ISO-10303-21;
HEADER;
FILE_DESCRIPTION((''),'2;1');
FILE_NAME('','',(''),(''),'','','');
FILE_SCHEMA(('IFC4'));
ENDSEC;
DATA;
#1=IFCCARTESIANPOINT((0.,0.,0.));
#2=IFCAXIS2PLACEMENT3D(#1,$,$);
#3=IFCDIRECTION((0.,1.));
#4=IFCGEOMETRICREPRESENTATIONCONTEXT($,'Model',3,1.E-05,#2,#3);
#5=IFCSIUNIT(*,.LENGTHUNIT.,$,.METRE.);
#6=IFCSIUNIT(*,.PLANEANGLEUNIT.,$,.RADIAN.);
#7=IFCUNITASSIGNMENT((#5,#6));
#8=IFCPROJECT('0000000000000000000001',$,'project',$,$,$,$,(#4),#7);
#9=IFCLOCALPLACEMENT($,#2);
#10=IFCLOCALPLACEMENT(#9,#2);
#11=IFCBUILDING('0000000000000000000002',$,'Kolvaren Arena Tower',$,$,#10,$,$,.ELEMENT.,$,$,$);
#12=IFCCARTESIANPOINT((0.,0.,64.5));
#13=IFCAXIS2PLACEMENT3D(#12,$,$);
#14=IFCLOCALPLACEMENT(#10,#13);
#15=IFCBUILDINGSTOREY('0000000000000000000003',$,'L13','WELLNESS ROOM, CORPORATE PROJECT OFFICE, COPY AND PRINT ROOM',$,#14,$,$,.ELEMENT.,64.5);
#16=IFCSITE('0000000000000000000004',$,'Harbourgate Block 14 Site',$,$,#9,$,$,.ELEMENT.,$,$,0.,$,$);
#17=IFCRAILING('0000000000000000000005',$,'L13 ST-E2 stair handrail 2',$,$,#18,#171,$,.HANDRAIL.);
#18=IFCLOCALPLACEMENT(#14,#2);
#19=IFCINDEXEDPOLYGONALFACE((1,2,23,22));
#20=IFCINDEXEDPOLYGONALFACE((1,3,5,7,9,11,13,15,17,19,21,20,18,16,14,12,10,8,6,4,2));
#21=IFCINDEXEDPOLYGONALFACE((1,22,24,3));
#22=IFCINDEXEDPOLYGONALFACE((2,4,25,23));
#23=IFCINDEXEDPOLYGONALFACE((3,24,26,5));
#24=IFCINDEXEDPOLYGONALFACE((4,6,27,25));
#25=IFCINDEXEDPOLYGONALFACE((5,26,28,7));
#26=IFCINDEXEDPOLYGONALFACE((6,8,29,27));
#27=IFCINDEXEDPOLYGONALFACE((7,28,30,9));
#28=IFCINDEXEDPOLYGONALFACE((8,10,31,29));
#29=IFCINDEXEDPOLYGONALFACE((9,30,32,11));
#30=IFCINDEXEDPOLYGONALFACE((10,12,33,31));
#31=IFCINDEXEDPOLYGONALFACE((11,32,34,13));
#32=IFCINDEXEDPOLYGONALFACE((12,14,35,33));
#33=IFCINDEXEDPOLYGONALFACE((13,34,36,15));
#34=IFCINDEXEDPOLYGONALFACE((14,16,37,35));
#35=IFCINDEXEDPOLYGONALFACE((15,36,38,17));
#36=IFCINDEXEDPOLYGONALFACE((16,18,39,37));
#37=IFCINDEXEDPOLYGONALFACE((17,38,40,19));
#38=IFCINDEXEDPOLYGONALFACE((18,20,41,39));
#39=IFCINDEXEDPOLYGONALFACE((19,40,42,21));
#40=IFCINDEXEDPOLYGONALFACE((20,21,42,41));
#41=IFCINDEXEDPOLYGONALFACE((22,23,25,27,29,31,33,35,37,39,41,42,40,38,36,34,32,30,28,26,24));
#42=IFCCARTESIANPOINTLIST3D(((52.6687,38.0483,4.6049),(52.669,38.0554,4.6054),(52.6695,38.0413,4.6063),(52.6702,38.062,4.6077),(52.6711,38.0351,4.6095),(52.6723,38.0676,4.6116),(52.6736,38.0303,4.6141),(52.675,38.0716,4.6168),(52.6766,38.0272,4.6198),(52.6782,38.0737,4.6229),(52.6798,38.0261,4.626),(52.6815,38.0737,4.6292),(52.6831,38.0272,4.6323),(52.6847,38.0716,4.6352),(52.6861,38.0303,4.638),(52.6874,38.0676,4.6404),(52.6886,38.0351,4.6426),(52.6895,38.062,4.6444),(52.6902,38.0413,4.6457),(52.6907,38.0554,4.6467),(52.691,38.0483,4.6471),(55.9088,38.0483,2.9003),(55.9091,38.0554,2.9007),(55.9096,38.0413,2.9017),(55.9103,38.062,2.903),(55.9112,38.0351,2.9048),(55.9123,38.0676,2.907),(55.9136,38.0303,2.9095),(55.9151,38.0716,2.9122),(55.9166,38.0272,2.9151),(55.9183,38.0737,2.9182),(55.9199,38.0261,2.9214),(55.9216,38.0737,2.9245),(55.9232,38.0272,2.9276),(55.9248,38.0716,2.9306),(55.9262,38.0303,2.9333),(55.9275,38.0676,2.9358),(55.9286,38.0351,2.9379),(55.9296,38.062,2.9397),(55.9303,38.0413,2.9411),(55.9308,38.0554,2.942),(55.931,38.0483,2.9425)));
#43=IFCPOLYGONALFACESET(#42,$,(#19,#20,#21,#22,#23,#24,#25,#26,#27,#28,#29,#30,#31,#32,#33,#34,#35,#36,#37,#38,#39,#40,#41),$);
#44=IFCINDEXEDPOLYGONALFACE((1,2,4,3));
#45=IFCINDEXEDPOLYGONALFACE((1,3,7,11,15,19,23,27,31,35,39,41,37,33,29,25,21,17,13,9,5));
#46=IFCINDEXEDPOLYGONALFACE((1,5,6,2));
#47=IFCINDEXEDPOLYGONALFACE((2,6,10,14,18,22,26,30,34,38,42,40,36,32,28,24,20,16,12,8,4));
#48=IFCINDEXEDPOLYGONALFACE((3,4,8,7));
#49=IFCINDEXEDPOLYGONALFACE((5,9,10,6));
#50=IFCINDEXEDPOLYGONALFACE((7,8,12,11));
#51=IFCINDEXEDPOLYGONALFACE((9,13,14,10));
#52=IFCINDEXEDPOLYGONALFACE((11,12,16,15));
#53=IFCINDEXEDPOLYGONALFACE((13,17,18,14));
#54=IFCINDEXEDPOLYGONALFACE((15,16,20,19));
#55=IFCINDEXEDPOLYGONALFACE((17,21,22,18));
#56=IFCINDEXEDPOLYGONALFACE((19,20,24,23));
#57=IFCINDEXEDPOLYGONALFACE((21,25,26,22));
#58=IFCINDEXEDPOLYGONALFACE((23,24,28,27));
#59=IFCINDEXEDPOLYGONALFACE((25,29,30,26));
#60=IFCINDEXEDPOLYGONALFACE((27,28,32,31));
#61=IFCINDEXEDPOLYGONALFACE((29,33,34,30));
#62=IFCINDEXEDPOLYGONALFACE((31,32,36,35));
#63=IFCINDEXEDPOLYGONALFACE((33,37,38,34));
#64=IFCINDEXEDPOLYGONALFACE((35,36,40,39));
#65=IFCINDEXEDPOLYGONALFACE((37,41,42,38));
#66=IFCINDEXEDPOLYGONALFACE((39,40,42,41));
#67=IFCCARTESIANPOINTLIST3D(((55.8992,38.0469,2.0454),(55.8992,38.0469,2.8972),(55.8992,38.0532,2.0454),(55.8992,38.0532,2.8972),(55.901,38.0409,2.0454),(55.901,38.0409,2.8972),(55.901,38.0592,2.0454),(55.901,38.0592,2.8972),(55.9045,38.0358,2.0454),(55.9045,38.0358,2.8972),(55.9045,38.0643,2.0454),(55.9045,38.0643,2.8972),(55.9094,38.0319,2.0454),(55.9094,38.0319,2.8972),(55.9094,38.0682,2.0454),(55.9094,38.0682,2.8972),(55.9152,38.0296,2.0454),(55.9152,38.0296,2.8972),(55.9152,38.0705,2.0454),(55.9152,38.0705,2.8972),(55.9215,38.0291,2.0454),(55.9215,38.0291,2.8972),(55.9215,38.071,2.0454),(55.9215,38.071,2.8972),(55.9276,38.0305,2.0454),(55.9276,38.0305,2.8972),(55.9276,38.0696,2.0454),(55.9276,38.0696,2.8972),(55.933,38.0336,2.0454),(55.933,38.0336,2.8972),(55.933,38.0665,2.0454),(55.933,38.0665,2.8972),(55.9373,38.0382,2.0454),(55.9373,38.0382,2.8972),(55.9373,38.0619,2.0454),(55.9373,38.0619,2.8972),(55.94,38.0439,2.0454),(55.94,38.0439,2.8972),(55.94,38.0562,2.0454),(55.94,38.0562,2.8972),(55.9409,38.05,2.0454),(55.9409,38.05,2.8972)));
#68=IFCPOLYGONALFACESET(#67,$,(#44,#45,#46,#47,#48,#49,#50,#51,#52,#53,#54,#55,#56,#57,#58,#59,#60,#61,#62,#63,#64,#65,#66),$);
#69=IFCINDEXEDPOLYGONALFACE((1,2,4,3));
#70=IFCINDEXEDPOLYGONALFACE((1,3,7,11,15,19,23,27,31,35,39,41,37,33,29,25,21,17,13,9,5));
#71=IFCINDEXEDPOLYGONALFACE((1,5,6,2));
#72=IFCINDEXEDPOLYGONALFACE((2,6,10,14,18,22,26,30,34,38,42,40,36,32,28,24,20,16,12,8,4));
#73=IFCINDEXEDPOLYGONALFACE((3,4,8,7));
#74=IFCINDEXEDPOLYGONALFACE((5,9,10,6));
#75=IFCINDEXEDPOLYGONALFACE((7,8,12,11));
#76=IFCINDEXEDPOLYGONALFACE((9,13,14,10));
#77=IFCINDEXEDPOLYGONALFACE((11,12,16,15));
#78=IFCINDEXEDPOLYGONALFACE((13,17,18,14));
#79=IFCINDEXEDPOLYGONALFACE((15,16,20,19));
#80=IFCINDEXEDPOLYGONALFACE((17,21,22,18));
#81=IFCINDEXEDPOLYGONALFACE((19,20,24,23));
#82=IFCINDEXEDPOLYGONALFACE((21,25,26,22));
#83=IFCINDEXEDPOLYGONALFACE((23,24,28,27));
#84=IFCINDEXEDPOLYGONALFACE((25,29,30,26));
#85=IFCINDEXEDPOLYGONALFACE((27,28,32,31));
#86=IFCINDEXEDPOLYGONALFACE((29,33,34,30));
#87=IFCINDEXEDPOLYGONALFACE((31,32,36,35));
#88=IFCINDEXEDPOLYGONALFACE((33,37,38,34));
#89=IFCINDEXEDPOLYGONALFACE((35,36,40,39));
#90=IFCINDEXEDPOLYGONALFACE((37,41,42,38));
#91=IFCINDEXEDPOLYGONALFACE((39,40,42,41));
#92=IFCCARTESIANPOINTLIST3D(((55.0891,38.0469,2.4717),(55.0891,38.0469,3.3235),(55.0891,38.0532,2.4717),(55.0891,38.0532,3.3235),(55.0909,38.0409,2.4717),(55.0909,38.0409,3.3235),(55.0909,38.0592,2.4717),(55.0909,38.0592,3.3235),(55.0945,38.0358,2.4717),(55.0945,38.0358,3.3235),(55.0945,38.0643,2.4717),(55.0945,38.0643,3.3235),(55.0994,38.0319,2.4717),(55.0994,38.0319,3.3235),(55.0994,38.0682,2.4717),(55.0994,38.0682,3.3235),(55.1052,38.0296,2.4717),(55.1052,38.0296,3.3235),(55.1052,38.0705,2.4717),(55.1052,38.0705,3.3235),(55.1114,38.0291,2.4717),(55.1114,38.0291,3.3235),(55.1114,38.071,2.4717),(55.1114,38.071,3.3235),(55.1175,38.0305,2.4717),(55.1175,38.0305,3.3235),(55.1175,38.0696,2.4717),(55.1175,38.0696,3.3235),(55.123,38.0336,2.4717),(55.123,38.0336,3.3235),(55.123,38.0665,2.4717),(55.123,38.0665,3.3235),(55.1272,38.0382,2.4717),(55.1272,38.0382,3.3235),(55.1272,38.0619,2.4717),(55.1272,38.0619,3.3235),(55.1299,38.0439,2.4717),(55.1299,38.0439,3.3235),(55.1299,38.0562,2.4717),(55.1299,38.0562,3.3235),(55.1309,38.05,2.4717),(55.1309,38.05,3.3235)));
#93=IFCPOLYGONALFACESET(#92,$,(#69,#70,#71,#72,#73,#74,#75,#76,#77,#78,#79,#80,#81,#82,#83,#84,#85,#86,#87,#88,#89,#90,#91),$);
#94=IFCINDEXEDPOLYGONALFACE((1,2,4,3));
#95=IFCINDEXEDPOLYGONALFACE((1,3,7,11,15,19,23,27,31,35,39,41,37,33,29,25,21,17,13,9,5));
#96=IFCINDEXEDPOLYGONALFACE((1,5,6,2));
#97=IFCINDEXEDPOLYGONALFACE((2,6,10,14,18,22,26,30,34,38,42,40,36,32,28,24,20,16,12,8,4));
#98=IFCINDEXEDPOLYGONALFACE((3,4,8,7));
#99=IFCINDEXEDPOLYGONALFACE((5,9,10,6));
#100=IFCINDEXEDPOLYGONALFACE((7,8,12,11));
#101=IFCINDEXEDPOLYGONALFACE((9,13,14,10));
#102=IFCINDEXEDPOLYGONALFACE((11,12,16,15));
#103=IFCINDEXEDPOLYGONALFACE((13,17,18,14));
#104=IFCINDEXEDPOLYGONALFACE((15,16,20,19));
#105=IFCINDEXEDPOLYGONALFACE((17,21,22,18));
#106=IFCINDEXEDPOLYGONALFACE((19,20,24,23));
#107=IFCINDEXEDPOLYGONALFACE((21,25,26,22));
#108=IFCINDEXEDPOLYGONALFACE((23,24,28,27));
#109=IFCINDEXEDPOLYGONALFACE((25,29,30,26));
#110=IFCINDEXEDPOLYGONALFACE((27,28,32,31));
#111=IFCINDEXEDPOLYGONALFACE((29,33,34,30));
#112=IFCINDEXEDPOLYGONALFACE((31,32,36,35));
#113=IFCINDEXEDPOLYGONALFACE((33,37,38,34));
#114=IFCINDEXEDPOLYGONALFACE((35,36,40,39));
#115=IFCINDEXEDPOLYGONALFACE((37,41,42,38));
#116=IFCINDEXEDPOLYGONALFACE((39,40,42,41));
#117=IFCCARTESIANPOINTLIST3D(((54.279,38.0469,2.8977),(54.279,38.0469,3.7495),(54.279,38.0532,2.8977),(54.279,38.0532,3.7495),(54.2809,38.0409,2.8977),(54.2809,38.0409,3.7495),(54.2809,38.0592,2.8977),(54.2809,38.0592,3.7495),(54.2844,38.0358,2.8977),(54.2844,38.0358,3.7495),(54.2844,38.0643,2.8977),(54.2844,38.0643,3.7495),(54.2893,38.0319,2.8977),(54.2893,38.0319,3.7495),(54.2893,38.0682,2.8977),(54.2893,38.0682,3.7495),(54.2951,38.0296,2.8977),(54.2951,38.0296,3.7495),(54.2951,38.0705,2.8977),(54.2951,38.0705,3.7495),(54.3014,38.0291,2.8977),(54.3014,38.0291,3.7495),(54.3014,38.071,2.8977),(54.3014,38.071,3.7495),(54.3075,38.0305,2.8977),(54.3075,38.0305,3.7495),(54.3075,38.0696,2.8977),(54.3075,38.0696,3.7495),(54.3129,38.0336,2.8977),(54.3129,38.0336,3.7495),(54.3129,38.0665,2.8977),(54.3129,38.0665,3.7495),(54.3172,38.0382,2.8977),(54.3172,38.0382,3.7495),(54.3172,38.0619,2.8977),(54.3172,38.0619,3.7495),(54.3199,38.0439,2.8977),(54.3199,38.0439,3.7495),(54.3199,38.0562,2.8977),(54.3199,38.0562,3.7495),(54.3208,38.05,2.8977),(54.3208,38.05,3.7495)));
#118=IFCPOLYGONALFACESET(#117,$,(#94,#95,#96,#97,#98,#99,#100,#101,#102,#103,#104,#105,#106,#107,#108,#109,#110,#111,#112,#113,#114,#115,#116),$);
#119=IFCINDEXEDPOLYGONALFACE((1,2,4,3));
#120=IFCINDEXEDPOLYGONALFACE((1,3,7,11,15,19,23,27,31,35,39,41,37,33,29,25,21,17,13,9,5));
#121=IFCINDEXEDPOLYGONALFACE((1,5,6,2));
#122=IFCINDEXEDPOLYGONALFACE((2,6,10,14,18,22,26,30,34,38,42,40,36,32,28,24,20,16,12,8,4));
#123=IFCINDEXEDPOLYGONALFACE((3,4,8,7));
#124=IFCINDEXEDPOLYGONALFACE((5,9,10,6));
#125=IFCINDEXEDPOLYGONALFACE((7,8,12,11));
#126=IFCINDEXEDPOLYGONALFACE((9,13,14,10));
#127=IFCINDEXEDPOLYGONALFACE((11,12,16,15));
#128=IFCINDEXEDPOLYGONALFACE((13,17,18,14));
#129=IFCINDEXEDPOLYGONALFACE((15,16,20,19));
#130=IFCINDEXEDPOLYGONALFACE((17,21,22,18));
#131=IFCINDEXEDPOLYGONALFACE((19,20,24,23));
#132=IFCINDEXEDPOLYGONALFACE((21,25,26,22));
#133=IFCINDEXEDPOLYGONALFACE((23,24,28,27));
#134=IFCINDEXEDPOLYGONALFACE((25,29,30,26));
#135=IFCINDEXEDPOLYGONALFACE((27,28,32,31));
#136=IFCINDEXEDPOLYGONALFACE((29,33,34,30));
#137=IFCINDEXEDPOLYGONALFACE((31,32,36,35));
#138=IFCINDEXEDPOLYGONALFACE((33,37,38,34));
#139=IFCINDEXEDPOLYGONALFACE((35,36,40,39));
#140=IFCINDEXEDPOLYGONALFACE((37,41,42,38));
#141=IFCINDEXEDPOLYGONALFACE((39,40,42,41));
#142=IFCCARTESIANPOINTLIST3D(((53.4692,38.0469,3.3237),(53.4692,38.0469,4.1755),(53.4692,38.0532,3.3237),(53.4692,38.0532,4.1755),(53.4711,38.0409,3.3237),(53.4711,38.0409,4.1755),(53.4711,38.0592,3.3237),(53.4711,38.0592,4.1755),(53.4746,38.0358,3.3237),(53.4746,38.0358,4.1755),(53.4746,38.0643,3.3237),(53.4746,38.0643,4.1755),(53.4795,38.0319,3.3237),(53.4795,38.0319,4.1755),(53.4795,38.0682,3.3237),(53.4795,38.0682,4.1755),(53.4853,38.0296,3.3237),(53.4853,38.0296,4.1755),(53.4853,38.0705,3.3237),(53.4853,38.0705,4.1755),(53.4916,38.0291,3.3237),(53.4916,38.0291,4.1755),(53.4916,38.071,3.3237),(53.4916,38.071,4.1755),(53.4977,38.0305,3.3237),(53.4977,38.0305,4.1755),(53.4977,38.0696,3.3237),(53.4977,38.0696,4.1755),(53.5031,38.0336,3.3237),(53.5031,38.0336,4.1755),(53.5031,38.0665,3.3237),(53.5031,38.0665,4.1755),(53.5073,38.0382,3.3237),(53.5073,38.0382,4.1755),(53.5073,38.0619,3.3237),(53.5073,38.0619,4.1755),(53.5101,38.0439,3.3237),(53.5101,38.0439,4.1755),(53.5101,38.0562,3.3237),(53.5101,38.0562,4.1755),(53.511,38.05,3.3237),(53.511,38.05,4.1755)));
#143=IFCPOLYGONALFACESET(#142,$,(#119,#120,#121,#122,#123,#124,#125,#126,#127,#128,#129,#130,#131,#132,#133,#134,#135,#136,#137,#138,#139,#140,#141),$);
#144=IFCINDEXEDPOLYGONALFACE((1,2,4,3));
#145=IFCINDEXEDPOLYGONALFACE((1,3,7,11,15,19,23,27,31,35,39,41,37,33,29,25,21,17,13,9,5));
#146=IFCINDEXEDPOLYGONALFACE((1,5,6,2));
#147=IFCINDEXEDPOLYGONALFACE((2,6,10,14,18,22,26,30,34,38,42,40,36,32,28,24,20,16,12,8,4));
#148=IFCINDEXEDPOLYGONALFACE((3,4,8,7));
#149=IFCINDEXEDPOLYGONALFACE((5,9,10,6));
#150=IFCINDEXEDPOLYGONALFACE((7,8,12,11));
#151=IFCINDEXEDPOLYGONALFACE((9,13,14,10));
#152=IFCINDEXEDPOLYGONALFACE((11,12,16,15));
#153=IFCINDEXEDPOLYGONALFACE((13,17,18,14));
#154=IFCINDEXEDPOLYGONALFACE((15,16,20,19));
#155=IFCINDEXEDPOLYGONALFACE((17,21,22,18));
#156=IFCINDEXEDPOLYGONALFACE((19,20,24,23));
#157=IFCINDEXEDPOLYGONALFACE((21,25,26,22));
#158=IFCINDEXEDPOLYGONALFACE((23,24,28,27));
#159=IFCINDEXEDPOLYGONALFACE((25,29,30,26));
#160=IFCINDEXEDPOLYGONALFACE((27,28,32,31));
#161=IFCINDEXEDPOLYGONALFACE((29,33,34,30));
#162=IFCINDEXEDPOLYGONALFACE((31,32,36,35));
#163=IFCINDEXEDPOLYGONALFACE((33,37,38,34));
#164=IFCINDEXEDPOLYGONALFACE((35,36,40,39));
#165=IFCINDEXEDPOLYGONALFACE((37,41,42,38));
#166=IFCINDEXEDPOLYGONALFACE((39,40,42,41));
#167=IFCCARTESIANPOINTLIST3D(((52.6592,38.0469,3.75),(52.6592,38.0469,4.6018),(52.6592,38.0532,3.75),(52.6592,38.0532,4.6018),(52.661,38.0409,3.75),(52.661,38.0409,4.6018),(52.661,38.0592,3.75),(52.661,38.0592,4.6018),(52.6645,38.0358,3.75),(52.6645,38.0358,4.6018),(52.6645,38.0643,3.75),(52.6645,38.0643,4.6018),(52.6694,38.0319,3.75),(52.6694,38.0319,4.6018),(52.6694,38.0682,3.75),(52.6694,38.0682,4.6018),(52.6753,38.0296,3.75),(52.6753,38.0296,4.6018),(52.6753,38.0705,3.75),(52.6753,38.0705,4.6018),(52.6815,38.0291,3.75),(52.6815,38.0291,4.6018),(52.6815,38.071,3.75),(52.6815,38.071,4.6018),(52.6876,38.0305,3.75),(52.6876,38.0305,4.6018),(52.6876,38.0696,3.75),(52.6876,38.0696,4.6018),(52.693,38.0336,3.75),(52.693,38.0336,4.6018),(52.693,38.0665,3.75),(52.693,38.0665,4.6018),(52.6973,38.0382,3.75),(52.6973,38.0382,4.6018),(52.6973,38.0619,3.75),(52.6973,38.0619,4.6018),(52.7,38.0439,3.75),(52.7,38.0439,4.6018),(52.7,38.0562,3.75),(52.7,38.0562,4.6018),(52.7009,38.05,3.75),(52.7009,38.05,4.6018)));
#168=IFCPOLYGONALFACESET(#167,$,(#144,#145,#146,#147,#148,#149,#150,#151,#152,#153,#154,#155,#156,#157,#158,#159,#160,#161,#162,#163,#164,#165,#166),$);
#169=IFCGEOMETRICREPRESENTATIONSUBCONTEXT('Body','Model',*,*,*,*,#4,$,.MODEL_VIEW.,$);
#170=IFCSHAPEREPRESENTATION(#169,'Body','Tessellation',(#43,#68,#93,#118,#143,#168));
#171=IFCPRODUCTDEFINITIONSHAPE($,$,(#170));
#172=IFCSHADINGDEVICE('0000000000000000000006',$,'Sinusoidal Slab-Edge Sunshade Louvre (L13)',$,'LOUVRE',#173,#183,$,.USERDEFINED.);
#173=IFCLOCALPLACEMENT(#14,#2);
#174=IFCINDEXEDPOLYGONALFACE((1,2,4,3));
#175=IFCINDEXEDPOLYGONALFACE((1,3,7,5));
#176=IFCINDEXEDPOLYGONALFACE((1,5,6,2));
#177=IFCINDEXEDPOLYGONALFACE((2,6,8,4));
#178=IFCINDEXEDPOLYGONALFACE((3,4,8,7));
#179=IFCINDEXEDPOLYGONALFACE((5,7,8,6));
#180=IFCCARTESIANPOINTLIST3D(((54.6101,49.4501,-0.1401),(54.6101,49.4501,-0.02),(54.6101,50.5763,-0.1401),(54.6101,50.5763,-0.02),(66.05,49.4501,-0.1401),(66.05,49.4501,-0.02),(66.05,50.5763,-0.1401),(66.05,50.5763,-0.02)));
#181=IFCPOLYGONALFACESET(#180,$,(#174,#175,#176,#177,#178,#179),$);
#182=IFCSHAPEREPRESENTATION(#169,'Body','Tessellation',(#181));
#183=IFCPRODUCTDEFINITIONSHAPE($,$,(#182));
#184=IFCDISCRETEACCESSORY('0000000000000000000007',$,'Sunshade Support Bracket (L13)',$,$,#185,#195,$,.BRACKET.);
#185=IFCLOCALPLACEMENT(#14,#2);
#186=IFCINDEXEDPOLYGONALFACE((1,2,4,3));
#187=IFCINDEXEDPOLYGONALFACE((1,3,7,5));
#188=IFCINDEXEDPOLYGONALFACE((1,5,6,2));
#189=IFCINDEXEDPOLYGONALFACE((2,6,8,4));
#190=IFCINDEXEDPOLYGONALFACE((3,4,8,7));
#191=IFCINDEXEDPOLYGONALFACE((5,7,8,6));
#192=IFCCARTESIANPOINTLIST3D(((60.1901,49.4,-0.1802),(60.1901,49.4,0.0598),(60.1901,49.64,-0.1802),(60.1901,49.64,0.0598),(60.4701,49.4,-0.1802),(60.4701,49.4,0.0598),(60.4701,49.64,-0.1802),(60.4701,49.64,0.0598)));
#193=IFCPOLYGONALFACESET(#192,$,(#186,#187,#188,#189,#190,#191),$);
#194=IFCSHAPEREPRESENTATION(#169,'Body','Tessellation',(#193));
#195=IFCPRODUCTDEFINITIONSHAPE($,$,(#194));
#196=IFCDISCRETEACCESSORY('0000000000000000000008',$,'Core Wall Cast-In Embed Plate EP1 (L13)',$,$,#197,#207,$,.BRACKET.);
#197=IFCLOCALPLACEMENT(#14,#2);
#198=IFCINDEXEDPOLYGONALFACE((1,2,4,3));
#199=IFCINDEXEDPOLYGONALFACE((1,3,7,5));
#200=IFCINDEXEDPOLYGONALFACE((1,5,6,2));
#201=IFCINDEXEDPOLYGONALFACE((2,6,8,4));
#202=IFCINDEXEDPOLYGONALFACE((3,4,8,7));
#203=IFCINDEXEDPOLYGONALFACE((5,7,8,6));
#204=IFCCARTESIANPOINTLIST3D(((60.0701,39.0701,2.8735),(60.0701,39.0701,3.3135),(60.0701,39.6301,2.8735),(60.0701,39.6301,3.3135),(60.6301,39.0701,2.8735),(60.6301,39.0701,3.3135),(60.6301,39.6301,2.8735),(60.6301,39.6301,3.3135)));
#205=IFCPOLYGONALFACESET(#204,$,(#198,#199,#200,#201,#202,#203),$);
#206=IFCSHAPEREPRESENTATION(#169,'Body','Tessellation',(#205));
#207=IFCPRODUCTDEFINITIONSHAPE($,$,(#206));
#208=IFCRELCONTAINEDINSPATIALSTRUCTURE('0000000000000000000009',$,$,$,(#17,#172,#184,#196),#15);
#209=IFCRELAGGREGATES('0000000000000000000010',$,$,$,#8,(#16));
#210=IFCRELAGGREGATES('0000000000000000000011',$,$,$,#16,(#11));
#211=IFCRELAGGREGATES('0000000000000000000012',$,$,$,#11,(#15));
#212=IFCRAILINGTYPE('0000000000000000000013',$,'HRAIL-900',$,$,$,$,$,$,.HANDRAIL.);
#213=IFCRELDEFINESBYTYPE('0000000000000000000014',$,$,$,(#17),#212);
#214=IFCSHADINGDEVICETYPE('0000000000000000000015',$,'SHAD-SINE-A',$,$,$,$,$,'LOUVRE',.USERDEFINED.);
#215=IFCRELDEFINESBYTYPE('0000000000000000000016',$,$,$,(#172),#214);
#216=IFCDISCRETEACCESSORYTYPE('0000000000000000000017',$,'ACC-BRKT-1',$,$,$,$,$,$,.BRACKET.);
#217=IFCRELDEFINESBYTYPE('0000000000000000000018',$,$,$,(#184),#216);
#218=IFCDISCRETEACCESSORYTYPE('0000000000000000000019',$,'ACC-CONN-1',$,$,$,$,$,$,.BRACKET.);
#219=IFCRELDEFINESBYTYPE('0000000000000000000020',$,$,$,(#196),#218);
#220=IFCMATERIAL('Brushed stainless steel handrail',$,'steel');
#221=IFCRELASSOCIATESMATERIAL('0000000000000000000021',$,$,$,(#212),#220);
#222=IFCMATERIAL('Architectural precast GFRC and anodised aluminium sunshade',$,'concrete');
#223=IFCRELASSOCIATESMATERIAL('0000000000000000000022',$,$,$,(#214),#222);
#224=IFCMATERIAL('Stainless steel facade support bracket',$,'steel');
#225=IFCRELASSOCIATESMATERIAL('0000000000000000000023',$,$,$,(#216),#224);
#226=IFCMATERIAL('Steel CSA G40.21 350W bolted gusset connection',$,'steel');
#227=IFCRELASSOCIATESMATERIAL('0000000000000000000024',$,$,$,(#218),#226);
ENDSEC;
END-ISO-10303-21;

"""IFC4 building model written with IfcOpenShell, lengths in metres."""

from ifc_helpers import new_model, si_unit, direction, frame, origin, origin_2d, place, context, subcontext, project, spatial, rectangle, circle, extrude, material, type_object, element, save


model = new_model("IFC4")

# Units and contexts
model_context = context("Model", 3, precision=1e-05, world=origin(), true_north=direction((0.0, 1.0)))
body_context = subcontext(model_context, "Body", "Model", "MODEL_VIEW")
ifc_project = project(units=[si_unit("LENGTHUNIT", "METRE"), si_unit("PLANEANGLEUNIT", "RADIAN")], contexts=[model_context])

# Site, building, storey
site_placement = place(None, origin())
site = spatial("IfcSite", under=ifc_project, at=site_placement, Name="Harbourgate Block 14 Site", CompositionType="ELEMENT", RefElevation=0.0)
building_placement = place(site_placement, origin())
building = spatial("IfcBuilding", under=site, at=building_placement, Name="Kolvaren Arena Tower", CompositionType="ELEMENT")
storey_placement = place(building_placement, frame((0.0, 0.0, 64.5)))
storey = spatial("IfcBuildingStorey", under=building, at=storey_placement, Name="L13", Description="WELLNESS ROOM, CORPORATE PROJECT OFFICE, COPY AND PRINT ROOM", CompositionType="ELEMENT", Elevation=64.5)

# Railing
ifc_material_1 = material(Name="Brushed stainless steel handrail", Category="steel")
railing_type = type_object("IfcRailingType", Name="HRAIL-900", PredefinedType="HANDRAIL", material=ifc_material_1)
railing_placement = place(storey_placement, frame((55.9199, 38.05, 2.0454)))
element("IfcRailing", 1, at=railing_placement, inside=storey, type_object=railing_type, Name="L13 ST-E2 stair handrail 2", PredefinedType="HANDRAIL", context=body_context, shape_type="SweptSolid", body=[
    extrude(circle(Radius=0.0239, at=origin_2d()), frame((0.0, 0.0, 0.876), z_axis=(-0.884993, 0.0, 0.465604), x_axis=(0.0, -1.0, 0.0)), (0.0, 0.0, 1.0), 3.6611),
    extrude(circle(Radius=0.021, at=origin_2d()), origin(), (0.0, 0.0, 1.0), 0.8518),
    extrude(circle(Radius=0.021, at=origin_2d()), frame((-0.8101, 0.0, 0.4263)), (0.0, 0.0, 1.0), 0.8518),
    extrude(circle(Radius=0.021, at=origin_2d()), frame((-1.6201, 0.0, 0.8523)), (0.0, 0.0, 1.0), 0.8518),
    extrude(circle(Radius=0.021, at=origin_2d()), frame((-2.4299, 0.0, 1.2783)), (0.0, 0.0, 1.0), 0.8518),
    extrude(circle(Radius=0.021, at=origin_2d()), frame((-3.24, 0.0, 1.7046)), (0.0, 0.0, 1.0), 0.8518),
])

# Shading device
ifc_material_2 = material(Name="Architectural precast GFRC and anodised aluminium sunshade", Category="concrete")
shading_device_type = type_object("IfcShadingDeviceType", Name="SHAD-SINE-A", ElementType="LOUVRE", PredefinedType="USERDEFINED", material=ifc_material_2)
shading_device_placement = place(storey_placement, frame((60.3301, 50.0132, -0.1401), z_axis=(0.0, 0.0, 1.0), x_axis=(1.0, 0.0, 0.0)))
element("IfcShadingDevice", 2, at=shading_device_placement, inside=storey, type_object=shading_device_type, Name="Sinusoidal Slab-Edge Sunshade Louvre (L13)", ObjectType="LOUVRE", PredefinedType="USERDEFINED", context=body_context, shape_type="SweptSolid", body=[
    extrude(rectangle(XDim=11.4399, YDim=1.1262, at=origin_2d()), origin(), (0.0, 0.0, 1.0), 0.1201),
])

# Discrete accessories
ifc_material_3 = material(Name="Stainless steel facade support bracket", Category="steel")
discrete_accessory_type_1 = type_object("IfcDiscreteAccessoryType", Name="ACC-BRKT-1", PredefinedType="BRACKET", material=ifc_material_3)
discrete_accessory_1_placement = place(storey_placement, frame((60.3301, 49.52, -0.1802), z_axis=(0.0, 0.0, 1.0), x_axis=(1.0, 0.0, 0.0)))
element("IfcDiscreteAccessory", 3, at=discrete_accessory_1_placement, inside=storey, type_object=discrete_accessory_type_1, Name="Sunshade Support Bracket (L13)", PredefinedType="BRACKET", context=body_context, shape_type="SweptSolid", body=[
    extrude(rectangle(XDim=0.28, YDim=0.24, at=origin_2d()), origin(), (0.0, 0.0, 1.0), 0.24),
])
ifc_material_4 = material(Name="Steel CSA G40.21 350W bolted gusset connection", Category="steel")
discrete_accessory_type_2 = type_object("IfcDiscreteAccessoryType", Name="ACC-CONN-1", PredefinedType="BRACKET", material=ifc_material_4)
discrete_accessory_2_placement = place(storey_placement, frame((60.3501, 39.3501, 2.8735), z_axis=(0.0, 0.0, 1.0), x_axis=(1.0, 0.0, 0.0)))
element("IfcDiscreteAccessory", 4, at=discrete_accessory_2_placement, inside=storey, type_object=discrete_accessory_type_2, Name="Core Wall Cast-In Embed Plate EP1 (L13)", PredefinedType="BRACKET", context=body_context, shape_type="SweptSolid", body=[
    extrude(rectangle(XDim=0.5601, YDim=0.5601, at=origin_2d()), origin(), (0.0, 0.0, 1.0), 0.4399),
])

save(model, "model.ifc")
